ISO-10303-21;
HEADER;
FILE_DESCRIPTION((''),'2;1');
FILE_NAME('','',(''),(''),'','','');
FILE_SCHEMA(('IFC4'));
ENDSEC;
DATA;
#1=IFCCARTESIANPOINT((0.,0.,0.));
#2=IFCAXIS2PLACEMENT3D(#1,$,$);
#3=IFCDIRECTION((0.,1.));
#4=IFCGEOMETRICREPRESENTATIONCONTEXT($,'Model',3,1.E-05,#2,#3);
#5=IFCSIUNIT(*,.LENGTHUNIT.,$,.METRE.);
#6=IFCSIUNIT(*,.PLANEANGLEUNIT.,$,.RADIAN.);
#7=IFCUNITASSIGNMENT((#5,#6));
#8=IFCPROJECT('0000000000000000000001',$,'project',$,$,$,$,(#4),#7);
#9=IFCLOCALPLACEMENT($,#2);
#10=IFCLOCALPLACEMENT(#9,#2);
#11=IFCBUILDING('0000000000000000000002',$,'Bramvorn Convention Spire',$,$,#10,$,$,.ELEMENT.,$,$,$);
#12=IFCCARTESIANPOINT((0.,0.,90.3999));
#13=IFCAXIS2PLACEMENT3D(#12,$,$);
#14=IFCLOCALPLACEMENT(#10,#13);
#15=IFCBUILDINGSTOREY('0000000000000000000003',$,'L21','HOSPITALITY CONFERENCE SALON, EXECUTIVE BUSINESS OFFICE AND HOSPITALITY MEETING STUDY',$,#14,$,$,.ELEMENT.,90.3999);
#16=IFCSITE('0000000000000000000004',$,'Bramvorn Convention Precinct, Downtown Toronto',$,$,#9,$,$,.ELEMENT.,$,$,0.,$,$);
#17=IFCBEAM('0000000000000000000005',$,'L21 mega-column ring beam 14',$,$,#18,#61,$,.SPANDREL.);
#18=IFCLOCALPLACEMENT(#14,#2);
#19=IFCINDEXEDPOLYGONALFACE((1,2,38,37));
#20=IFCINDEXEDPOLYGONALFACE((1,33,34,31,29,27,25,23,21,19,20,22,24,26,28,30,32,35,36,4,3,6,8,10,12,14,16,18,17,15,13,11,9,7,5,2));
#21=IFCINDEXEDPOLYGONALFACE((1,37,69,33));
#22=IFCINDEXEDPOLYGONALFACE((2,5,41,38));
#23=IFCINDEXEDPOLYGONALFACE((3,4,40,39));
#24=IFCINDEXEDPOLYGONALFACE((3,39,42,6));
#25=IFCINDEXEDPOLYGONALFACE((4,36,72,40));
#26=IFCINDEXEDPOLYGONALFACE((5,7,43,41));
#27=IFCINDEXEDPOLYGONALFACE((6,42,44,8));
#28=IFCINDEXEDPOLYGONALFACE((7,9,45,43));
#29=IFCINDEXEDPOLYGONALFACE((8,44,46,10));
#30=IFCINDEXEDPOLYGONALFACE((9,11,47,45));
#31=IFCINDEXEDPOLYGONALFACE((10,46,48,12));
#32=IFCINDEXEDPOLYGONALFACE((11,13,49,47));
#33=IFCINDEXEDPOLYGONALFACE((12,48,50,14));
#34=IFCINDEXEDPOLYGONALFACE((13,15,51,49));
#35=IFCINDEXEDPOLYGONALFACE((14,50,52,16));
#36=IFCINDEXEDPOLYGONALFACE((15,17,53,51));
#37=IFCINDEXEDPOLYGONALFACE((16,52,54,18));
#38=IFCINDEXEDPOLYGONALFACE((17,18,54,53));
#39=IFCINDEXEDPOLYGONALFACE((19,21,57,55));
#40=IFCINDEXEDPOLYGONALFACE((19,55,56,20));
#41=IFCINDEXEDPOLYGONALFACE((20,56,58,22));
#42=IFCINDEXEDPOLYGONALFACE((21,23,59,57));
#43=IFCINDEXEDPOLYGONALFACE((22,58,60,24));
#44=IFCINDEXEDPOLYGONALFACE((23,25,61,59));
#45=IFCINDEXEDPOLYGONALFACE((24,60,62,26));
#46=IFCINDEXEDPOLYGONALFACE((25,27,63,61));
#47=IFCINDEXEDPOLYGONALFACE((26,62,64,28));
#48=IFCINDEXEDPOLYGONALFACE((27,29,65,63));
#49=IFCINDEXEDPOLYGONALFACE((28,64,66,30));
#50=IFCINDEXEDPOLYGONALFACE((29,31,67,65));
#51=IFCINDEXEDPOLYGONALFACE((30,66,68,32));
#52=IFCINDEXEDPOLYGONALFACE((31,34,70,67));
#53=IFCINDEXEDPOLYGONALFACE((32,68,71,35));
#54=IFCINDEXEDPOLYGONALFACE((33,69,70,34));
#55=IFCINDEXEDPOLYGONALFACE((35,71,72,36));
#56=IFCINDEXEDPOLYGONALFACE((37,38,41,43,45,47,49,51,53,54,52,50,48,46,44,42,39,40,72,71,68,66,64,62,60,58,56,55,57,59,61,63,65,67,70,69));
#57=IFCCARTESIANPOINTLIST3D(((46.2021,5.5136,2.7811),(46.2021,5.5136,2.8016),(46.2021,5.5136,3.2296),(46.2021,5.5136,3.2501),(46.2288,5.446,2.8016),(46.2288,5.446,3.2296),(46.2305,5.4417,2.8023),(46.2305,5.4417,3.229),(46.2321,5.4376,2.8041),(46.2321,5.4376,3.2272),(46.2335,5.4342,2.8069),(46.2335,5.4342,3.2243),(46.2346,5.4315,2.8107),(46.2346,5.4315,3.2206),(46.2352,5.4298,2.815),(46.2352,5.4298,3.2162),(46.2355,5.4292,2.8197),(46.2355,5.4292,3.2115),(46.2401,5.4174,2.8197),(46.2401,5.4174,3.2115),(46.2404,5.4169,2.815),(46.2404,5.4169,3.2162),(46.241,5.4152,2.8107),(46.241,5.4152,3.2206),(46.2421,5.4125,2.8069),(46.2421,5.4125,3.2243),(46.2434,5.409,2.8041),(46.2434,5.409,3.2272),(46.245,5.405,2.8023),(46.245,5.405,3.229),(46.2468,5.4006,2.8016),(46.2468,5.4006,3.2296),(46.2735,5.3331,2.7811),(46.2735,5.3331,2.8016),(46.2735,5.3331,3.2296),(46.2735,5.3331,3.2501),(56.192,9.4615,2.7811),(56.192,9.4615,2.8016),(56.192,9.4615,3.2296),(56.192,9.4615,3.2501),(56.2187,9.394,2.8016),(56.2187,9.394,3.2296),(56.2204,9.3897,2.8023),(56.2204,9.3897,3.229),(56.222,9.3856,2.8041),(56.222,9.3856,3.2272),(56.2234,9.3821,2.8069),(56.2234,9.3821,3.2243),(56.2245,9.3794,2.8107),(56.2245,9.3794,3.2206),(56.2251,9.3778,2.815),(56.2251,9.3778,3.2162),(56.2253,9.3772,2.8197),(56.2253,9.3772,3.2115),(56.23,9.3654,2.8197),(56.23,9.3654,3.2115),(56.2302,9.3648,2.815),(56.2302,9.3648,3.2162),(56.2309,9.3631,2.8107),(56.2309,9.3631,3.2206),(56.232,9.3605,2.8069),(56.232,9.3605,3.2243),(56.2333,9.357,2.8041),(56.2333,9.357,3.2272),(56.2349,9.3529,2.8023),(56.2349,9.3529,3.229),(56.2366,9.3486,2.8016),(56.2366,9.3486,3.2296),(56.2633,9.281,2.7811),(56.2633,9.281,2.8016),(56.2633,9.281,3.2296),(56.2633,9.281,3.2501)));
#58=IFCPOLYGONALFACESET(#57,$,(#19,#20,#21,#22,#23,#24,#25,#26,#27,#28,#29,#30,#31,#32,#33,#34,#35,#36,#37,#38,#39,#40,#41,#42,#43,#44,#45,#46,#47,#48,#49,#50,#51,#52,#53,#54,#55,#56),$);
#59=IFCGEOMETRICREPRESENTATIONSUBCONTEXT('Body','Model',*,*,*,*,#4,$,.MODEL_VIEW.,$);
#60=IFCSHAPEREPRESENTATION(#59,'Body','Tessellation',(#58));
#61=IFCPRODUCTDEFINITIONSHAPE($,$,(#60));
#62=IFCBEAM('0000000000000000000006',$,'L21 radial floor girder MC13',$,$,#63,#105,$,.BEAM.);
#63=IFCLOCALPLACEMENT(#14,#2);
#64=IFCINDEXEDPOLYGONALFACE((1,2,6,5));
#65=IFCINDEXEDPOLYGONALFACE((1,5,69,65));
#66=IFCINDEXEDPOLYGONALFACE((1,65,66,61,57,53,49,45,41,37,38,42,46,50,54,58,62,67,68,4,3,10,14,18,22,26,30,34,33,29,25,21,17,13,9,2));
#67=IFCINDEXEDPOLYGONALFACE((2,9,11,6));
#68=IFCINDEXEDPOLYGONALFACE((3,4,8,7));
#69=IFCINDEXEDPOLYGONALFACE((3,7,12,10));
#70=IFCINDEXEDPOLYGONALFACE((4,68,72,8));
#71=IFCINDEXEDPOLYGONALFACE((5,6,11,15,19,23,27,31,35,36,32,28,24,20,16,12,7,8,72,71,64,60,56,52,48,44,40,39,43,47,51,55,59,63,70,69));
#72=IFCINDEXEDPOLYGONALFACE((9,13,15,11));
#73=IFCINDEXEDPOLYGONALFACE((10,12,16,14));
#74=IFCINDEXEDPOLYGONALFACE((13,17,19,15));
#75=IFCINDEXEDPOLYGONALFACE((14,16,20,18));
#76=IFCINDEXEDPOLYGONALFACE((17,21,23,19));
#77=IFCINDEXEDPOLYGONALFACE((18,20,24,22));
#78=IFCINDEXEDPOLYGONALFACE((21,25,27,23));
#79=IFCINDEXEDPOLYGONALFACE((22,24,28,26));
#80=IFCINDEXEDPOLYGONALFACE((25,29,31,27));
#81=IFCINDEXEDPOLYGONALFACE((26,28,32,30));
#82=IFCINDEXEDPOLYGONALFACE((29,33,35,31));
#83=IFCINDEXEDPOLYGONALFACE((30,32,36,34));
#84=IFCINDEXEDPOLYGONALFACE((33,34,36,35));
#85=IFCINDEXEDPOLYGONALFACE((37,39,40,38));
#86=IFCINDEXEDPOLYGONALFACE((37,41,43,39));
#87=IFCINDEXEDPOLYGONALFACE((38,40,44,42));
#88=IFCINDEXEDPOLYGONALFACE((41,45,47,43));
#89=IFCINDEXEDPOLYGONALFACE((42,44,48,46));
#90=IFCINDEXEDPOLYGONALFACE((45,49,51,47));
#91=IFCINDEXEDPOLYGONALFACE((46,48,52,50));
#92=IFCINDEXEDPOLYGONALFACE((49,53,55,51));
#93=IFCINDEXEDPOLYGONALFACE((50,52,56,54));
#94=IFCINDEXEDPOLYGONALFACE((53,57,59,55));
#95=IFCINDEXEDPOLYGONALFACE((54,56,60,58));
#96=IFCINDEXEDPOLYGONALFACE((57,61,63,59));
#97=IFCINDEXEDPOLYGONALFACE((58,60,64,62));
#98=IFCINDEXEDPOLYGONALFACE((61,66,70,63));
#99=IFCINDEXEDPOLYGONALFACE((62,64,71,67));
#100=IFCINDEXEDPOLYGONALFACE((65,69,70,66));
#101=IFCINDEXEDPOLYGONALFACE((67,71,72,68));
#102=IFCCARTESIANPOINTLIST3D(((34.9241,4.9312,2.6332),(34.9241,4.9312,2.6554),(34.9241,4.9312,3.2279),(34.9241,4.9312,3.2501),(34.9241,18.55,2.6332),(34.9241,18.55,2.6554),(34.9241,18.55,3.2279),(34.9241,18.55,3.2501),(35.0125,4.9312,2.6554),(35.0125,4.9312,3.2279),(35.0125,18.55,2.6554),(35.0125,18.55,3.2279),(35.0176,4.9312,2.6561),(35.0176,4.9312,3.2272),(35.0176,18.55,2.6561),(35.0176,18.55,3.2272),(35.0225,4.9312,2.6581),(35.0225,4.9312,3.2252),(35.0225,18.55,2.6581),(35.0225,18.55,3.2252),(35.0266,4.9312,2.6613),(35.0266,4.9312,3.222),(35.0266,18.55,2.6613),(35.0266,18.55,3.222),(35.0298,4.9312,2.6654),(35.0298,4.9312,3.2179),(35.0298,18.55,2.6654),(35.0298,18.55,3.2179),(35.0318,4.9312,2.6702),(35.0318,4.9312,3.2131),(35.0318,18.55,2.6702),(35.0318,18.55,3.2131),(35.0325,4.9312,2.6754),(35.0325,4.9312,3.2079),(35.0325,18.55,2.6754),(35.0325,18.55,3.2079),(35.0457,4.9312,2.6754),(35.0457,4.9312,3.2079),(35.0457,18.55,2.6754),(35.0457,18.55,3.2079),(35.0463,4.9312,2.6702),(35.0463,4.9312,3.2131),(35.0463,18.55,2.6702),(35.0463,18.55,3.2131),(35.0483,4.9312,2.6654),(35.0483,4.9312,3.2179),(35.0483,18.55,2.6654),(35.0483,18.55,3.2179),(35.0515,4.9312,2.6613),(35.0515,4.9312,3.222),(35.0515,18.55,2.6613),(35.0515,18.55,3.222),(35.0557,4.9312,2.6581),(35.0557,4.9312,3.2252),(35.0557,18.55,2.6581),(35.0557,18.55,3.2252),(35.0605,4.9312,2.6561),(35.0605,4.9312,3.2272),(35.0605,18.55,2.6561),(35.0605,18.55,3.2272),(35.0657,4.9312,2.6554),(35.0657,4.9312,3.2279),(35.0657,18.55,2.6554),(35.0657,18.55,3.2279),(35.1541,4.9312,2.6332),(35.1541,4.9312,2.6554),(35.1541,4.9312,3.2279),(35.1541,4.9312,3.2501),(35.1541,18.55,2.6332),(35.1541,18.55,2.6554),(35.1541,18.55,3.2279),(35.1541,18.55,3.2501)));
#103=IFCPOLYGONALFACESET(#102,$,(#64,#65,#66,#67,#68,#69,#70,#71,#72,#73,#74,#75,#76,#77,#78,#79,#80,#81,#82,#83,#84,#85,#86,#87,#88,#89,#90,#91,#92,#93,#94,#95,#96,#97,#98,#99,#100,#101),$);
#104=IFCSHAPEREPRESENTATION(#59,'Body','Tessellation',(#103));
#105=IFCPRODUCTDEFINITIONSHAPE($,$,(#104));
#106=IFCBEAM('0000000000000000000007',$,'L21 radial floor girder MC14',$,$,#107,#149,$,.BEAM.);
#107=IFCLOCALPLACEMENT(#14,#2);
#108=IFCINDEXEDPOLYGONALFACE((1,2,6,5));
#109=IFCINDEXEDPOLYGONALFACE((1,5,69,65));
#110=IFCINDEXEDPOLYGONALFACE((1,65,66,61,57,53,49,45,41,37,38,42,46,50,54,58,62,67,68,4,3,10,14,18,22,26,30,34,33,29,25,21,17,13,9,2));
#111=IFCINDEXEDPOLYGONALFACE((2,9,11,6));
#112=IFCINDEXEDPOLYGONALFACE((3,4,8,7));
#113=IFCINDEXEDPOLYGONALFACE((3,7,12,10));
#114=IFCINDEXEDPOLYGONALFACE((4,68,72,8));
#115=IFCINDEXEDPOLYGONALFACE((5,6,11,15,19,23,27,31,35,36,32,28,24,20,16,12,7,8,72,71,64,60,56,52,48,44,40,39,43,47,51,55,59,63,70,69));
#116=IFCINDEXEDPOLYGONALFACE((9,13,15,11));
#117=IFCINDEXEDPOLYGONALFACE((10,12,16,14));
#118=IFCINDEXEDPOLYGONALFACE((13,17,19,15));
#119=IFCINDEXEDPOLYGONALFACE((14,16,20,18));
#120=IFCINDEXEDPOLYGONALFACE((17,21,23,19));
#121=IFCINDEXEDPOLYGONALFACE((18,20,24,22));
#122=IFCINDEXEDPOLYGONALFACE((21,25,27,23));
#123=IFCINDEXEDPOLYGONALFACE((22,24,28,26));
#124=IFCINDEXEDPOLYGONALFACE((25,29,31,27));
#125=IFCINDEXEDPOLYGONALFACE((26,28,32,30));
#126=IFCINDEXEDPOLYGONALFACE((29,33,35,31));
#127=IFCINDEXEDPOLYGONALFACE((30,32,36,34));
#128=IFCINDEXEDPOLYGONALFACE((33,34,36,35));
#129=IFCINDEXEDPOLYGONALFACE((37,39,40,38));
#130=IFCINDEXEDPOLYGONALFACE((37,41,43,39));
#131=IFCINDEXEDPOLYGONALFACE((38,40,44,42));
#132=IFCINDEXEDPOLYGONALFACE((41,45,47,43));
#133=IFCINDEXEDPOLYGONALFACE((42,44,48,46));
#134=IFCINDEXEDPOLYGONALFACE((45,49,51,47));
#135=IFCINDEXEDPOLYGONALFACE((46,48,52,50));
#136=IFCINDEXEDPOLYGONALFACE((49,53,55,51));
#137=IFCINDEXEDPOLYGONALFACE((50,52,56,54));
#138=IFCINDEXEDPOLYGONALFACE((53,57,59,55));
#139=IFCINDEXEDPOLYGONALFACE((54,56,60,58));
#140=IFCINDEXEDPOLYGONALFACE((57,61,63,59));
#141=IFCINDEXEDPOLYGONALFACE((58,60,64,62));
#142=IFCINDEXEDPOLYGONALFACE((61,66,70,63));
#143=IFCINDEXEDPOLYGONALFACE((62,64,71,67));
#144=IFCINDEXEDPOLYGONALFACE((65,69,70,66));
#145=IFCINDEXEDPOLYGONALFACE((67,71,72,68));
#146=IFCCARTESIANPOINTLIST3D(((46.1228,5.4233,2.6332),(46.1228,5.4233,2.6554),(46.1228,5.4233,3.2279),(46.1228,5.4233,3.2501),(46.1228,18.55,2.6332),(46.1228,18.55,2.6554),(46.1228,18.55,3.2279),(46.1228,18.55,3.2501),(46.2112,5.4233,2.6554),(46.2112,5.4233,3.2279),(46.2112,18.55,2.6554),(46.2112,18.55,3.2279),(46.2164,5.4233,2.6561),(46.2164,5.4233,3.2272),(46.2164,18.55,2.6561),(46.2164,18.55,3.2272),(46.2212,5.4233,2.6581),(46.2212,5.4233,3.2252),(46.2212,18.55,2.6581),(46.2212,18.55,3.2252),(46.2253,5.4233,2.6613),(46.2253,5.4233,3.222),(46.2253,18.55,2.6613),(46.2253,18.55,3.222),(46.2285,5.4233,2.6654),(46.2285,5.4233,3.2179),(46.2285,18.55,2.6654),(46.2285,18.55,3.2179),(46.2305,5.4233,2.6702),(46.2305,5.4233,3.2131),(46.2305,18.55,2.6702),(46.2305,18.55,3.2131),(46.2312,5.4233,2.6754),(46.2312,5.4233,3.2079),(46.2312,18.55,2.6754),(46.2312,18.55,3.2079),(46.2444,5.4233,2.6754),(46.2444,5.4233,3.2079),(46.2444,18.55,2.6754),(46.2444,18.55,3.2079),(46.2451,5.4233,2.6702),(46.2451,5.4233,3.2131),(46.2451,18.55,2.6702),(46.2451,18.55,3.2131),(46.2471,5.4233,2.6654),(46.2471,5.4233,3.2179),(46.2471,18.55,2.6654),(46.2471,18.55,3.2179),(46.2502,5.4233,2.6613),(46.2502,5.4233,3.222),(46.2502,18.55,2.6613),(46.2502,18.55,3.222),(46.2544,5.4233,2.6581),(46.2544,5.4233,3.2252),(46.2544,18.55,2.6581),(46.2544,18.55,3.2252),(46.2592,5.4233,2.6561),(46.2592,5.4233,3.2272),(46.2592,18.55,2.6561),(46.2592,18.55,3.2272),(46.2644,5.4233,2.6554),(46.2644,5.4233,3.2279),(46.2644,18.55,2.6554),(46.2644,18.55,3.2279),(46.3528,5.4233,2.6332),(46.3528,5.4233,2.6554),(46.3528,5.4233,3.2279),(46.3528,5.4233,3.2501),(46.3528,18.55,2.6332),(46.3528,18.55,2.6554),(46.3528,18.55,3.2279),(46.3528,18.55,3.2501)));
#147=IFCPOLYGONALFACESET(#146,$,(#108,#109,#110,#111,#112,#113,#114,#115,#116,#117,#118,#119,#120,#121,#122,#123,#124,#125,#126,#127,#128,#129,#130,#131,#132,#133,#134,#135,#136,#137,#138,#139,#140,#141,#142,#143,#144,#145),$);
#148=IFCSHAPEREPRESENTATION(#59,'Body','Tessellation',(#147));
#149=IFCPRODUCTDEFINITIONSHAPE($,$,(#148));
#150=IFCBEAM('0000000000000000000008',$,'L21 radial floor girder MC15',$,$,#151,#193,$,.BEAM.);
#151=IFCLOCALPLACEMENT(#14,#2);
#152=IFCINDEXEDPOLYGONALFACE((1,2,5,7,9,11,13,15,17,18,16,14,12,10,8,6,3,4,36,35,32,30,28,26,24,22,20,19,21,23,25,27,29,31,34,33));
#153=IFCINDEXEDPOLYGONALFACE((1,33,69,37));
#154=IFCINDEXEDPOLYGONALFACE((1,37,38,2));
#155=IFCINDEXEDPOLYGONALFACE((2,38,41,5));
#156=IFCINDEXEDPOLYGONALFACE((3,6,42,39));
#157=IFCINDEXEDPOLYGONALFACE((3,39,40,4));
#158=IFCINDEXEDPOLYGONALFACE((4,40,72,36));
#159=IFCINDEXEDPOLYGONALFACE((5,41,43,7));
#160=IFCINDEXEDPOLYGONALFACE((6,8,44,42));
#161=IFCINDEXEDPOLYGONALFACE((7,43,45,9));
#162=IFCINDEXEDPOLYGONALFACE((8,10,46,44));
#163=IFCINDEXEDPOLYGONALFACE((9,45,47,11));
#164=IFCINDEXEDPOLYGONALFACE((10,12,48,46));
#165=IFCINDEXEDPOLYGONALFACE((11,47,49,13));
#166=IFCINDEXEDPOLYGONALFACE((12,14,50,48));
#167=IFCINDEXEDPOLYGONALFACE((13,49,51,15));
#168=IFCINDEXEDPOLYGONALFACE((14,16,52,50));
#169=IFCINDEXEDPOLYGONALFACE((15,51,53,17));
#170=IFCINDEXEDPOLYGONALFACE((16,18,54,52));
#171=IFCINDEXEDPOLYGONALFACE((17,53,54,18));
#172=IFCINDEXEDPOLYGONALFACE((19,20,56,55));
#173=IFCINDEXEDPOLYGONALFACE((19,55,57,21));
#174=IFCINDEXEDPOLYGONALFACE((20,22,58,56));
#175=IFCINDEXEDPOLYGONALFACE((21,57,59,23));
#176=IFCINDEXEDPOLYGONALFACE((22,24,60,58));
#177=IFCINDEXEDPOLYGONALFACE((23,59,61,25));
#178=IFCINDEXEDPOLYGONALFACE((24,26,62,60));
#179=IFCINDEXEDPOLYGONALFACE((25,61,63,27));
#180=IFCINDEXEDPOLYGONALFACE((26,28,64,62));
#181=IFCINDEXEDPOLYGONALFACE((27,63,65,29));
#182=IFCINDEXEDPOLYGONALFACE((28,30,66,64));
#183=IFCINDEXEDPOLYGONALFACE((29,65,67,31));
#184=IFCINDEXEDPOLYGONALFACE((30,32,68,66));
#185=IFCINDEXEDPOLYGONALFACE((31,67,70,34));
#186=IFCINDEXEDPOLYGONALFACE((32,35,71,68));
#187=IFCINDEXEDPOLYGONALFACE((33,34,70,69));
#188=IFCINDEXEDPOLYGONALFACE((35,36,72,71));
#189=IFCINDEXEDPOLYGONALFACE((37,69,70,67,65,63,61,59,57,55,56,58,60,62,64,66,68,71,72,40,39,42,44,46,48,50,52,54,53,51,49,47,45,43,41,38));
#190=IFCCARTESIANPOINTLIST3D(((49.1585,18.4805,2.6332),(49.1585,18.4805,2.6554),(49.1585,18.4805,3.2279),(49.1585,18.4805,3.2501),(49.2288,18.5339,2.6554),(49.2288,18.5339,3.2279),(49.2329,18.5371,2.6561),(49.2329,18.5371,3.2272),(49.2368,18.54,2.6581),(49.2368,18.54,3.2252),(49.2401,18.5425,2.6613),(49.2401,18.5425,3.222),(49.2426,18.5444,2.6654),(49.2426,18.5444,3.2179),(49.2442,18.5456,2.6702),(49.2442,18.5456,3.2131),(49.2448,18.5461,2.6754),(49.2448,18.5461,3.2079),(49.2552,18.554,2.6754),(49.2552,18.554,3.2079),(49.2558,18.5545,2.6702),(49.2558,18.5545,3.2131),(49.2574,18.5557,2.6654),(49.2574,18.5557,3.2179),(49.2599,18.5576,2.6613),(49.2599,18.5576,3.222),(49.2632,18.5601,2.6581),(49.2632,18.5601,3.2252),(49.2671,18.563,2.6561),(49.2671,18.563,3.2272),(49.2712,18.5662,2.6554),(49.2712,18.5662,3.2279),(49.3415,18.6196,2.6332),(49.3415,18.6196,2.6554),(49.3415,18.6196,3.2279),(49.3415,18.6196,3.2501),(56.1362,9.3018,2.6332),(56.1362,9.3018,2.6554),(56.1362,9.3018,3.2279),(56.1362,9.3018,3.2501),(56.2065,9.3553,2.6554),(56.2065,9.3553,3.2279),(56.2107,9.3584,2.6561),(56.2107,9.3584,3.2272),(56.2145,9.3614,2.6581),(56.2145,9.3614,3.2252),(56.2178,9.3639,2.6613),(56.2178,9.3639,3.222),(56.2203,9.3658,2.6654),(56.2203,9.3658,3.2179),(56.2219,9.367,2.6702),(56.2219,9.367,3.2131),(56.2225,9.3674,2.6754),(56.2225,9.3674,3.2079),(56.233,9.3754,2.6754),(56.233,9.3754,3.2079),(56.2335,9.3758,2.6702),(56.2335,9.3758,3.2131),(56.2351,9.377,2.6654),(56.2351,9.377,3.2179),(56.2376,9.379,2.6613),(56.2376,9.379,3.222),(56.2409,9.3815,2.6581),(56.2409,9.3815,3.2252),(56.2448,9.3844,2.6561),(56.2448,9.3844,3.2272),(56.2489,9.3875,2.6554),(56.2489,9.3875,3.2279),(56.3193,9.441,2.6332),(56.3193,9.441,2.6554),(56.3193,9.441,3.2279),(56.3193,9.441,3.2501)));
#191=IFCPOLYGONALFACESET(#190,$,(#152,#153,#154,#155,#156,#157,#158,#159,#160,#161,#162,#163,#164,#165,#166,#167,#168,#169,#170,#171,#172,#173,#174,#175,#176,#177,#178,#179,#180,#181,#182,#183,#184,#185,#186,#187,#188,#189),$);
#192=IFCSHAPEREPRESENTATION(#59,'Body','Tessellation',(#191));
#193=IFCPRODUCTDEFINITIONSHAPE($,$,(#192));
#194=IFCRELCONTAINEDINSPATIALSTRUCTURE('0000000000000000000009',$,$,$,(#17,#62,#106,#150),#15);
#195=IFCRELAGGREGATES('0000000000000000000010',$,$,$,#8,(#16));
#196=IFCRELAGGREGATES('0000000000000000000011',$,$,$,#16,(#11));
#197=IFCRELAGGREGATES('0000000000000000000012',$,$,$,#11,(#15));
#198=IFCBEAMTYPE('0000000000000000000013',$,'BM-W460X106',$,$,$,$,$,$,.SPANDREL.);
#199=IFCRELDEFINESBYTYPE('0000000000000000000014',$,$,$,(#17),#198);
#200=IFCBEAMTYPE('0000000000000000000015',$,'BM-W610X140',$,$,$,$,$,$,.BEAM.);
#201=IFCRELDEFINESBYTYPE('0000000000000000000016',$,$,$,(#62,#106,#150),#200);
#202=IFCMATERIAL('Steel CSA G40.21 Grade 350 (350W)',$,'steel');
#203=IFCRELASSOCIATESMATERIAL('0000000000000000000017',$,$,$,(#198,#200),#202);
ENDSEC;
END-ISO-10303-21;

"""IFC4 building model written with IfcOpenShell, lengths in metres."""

from ifc_helpers import new_model, si_unit, direction, frame, origin, origin_2d, place, context, subcontext, project, spatial, i_section, extrude, material, material_profile, profile_set, type_object, element, save


model = new_model("IFC4")

# Units and contexts
model_context = context("Model", 3, precision=1e-05, world=origin(), true_north=direction((0.0, 1.0)))
body_context = subcontext(model_context, "Body", "Model", "MODEL_VIEW")
ifc_project = project(units=[si_unit("LENGTHUNIT", "METRE"), si_unit("PLANEANGLEUNIT", "RADIAN")], contexts=[model_context])

# Site, building, storey
site_placement = place(None, origin())
site = spatial("IfcSite", under=ifc_project, at=site_placement, Name="Bramvorn Convention Precinct, Downtown Toronto", CompositionType="ELEMENT", RefElevation=0.0)
building_placement = place(site_placement, origin())
building = spatial("IfcBuilding", under=site, at=building_placement, Name="Bramvorn Convention Spire", CompositionType="ELEMENT")
storey_placement = place(building_placement, frame((0.0, 0.0, 90.3999)))
storey = spatial("IfcBuildingStorey", under=building, at=storey_placement, Name="L21", Description="HOSPITALITY CONFERENCE SALON, EXECUTIVE BUSINESS OFFICE AND HOSPITALITY MEETING STUDY", CompositionType="ELEMENT", Elevation=90.3999)

# Shared definitions
ifc_material_1 = material(Name="Steel CSA G40.21 Grade 350 (350W)", Category="steel")

# Beams
ifc_material_profile_1 = material_profile(ifc_material_1, i_section(OverallWidth=0.1941, OverallDepth=0.469, WebThickness=0.0127, FlangeThickness=0.0205, FilletRadius=0.0181, at=origin_2d()))
ifc_profile_set_1 = profile_set([ifc_material_profile_1], Name="Steel CSA G40.21 Grade 350 (350W) - W460X106")
beam_type_1 = type_object("IfcBeamType", Name="BM-W460X106", PredefinedType="SPANDREL", material=ifc_profile_set_1)
beam_1_placement = place(storey_placement, frame((46.2378, 5.4233, 3.0156), z_axis=(0.93001, 0.367535, 0.0), x_axis=(-0.367535, 0.93001, 0.0)))
element("IfcBeam", 1, at=beam_1_placement, inside=storey, type_object=beam_type_1, Name="L21 mega-column ring beam 14", PredefinedType="SPANDREL", context=body_context, shape_type="SweptSolid", body=[
    extrude(i_section(OverallWidth=0.1941, OverallDepth=0.469, WebThickness=0.0127, FlangeThickness=0.0205, FilletRadius=0.0181, at=origin_2d()), origin(), (0.0, 0.0, 1.0), 10.7417),
])
ifc_material_profile_2 = material_profile(ifc_material_1, i_section(OverallWidth=0.23, OverallDepth=0.6169, WebThickness=0.0132, FlangeThickness=0.0222, FilletRadius=0.02, at=origin_2d()))
ifc_profile_set_2 = profile_set([ifc_material_profile_2], Name="Steel CSA G40.21 Grade 350 (350W) - W610X140")
beam_type_2 = type_object("IfcBeamType", Name="BM-W610X140", PredefinedType="BEAM", material=ifc_profile_set_2)
beam_2_placement = place(storey_placement, frame((35.0391, 18.55, 2.9417), z_axis=(0.0, -1.0, 0.0), x_axis=(1.0, 0.0, 0.0)))
element("IfcBeam", 2, at=beam_2_placement, inside=storey, type_object=beam_type_2, Name="L21 radial floor girder MC13", PredefinedType="BEAM", context=body_context, shape_type="SweptSolid", body=[
    extrude(i_section(OverallWidth=0.23, OverallDepth=0.6169, WebThickness=0.0132, FlangeThickness=0.0222, FilletRadius=0.02, at=origin_2d()), origin(), (0.0, 0.0, 1.0), 13.6189),
])
beam_3_placement = place(storey_placement, frame((46.2378, 18.55, 2.9417), z_axis=(0.0, -1.0, 0.0), x_axis=(1.0, 0.0, 0.0)))
element("IfcBeam", 3, at=beam_3_placement, inside=storey, type_object=beam_type_2, Name="L21 radial floor girder MC14", PredefinedType="BEAM", context=body_context, shape_type="SweptSolid", body=[
    extrude(i_section(OverallWidth=0.23, OverallDepth=0.6169, WebThickness=0.0132, FlangeThickness=0.0222, FilletRadius=0.02, at=origin_2d()), origin(), (0.0, 0.0, 1.0), 13.1267),
])
beam_4_placement = place(storey_placement, frame((49.25, 18.55, 2.9417), z_axis=(0.605191, -0.79608, 0.0), x_axis=(0.79608, 0.605191, 0.0)))
element("IfcBeam", 4, at=beam_4_placement, inside=storey, type_object=beam_type_2, Name="L21 radial floor girder MC15", PredefinedType="BEAM", context=body_context, shape_type="SweptSolid", body=[
    extrude(i_section(OverallWidth=0.23, OverallDepth=0.6169, WebThickness=0.0132, FlangeThickness=0.0222, FilletRadius=0.02, at=origin_2d()), origin(), (0.0, 0.0, 1.0), 11.5298),
])

save(model, "model.ifc")
